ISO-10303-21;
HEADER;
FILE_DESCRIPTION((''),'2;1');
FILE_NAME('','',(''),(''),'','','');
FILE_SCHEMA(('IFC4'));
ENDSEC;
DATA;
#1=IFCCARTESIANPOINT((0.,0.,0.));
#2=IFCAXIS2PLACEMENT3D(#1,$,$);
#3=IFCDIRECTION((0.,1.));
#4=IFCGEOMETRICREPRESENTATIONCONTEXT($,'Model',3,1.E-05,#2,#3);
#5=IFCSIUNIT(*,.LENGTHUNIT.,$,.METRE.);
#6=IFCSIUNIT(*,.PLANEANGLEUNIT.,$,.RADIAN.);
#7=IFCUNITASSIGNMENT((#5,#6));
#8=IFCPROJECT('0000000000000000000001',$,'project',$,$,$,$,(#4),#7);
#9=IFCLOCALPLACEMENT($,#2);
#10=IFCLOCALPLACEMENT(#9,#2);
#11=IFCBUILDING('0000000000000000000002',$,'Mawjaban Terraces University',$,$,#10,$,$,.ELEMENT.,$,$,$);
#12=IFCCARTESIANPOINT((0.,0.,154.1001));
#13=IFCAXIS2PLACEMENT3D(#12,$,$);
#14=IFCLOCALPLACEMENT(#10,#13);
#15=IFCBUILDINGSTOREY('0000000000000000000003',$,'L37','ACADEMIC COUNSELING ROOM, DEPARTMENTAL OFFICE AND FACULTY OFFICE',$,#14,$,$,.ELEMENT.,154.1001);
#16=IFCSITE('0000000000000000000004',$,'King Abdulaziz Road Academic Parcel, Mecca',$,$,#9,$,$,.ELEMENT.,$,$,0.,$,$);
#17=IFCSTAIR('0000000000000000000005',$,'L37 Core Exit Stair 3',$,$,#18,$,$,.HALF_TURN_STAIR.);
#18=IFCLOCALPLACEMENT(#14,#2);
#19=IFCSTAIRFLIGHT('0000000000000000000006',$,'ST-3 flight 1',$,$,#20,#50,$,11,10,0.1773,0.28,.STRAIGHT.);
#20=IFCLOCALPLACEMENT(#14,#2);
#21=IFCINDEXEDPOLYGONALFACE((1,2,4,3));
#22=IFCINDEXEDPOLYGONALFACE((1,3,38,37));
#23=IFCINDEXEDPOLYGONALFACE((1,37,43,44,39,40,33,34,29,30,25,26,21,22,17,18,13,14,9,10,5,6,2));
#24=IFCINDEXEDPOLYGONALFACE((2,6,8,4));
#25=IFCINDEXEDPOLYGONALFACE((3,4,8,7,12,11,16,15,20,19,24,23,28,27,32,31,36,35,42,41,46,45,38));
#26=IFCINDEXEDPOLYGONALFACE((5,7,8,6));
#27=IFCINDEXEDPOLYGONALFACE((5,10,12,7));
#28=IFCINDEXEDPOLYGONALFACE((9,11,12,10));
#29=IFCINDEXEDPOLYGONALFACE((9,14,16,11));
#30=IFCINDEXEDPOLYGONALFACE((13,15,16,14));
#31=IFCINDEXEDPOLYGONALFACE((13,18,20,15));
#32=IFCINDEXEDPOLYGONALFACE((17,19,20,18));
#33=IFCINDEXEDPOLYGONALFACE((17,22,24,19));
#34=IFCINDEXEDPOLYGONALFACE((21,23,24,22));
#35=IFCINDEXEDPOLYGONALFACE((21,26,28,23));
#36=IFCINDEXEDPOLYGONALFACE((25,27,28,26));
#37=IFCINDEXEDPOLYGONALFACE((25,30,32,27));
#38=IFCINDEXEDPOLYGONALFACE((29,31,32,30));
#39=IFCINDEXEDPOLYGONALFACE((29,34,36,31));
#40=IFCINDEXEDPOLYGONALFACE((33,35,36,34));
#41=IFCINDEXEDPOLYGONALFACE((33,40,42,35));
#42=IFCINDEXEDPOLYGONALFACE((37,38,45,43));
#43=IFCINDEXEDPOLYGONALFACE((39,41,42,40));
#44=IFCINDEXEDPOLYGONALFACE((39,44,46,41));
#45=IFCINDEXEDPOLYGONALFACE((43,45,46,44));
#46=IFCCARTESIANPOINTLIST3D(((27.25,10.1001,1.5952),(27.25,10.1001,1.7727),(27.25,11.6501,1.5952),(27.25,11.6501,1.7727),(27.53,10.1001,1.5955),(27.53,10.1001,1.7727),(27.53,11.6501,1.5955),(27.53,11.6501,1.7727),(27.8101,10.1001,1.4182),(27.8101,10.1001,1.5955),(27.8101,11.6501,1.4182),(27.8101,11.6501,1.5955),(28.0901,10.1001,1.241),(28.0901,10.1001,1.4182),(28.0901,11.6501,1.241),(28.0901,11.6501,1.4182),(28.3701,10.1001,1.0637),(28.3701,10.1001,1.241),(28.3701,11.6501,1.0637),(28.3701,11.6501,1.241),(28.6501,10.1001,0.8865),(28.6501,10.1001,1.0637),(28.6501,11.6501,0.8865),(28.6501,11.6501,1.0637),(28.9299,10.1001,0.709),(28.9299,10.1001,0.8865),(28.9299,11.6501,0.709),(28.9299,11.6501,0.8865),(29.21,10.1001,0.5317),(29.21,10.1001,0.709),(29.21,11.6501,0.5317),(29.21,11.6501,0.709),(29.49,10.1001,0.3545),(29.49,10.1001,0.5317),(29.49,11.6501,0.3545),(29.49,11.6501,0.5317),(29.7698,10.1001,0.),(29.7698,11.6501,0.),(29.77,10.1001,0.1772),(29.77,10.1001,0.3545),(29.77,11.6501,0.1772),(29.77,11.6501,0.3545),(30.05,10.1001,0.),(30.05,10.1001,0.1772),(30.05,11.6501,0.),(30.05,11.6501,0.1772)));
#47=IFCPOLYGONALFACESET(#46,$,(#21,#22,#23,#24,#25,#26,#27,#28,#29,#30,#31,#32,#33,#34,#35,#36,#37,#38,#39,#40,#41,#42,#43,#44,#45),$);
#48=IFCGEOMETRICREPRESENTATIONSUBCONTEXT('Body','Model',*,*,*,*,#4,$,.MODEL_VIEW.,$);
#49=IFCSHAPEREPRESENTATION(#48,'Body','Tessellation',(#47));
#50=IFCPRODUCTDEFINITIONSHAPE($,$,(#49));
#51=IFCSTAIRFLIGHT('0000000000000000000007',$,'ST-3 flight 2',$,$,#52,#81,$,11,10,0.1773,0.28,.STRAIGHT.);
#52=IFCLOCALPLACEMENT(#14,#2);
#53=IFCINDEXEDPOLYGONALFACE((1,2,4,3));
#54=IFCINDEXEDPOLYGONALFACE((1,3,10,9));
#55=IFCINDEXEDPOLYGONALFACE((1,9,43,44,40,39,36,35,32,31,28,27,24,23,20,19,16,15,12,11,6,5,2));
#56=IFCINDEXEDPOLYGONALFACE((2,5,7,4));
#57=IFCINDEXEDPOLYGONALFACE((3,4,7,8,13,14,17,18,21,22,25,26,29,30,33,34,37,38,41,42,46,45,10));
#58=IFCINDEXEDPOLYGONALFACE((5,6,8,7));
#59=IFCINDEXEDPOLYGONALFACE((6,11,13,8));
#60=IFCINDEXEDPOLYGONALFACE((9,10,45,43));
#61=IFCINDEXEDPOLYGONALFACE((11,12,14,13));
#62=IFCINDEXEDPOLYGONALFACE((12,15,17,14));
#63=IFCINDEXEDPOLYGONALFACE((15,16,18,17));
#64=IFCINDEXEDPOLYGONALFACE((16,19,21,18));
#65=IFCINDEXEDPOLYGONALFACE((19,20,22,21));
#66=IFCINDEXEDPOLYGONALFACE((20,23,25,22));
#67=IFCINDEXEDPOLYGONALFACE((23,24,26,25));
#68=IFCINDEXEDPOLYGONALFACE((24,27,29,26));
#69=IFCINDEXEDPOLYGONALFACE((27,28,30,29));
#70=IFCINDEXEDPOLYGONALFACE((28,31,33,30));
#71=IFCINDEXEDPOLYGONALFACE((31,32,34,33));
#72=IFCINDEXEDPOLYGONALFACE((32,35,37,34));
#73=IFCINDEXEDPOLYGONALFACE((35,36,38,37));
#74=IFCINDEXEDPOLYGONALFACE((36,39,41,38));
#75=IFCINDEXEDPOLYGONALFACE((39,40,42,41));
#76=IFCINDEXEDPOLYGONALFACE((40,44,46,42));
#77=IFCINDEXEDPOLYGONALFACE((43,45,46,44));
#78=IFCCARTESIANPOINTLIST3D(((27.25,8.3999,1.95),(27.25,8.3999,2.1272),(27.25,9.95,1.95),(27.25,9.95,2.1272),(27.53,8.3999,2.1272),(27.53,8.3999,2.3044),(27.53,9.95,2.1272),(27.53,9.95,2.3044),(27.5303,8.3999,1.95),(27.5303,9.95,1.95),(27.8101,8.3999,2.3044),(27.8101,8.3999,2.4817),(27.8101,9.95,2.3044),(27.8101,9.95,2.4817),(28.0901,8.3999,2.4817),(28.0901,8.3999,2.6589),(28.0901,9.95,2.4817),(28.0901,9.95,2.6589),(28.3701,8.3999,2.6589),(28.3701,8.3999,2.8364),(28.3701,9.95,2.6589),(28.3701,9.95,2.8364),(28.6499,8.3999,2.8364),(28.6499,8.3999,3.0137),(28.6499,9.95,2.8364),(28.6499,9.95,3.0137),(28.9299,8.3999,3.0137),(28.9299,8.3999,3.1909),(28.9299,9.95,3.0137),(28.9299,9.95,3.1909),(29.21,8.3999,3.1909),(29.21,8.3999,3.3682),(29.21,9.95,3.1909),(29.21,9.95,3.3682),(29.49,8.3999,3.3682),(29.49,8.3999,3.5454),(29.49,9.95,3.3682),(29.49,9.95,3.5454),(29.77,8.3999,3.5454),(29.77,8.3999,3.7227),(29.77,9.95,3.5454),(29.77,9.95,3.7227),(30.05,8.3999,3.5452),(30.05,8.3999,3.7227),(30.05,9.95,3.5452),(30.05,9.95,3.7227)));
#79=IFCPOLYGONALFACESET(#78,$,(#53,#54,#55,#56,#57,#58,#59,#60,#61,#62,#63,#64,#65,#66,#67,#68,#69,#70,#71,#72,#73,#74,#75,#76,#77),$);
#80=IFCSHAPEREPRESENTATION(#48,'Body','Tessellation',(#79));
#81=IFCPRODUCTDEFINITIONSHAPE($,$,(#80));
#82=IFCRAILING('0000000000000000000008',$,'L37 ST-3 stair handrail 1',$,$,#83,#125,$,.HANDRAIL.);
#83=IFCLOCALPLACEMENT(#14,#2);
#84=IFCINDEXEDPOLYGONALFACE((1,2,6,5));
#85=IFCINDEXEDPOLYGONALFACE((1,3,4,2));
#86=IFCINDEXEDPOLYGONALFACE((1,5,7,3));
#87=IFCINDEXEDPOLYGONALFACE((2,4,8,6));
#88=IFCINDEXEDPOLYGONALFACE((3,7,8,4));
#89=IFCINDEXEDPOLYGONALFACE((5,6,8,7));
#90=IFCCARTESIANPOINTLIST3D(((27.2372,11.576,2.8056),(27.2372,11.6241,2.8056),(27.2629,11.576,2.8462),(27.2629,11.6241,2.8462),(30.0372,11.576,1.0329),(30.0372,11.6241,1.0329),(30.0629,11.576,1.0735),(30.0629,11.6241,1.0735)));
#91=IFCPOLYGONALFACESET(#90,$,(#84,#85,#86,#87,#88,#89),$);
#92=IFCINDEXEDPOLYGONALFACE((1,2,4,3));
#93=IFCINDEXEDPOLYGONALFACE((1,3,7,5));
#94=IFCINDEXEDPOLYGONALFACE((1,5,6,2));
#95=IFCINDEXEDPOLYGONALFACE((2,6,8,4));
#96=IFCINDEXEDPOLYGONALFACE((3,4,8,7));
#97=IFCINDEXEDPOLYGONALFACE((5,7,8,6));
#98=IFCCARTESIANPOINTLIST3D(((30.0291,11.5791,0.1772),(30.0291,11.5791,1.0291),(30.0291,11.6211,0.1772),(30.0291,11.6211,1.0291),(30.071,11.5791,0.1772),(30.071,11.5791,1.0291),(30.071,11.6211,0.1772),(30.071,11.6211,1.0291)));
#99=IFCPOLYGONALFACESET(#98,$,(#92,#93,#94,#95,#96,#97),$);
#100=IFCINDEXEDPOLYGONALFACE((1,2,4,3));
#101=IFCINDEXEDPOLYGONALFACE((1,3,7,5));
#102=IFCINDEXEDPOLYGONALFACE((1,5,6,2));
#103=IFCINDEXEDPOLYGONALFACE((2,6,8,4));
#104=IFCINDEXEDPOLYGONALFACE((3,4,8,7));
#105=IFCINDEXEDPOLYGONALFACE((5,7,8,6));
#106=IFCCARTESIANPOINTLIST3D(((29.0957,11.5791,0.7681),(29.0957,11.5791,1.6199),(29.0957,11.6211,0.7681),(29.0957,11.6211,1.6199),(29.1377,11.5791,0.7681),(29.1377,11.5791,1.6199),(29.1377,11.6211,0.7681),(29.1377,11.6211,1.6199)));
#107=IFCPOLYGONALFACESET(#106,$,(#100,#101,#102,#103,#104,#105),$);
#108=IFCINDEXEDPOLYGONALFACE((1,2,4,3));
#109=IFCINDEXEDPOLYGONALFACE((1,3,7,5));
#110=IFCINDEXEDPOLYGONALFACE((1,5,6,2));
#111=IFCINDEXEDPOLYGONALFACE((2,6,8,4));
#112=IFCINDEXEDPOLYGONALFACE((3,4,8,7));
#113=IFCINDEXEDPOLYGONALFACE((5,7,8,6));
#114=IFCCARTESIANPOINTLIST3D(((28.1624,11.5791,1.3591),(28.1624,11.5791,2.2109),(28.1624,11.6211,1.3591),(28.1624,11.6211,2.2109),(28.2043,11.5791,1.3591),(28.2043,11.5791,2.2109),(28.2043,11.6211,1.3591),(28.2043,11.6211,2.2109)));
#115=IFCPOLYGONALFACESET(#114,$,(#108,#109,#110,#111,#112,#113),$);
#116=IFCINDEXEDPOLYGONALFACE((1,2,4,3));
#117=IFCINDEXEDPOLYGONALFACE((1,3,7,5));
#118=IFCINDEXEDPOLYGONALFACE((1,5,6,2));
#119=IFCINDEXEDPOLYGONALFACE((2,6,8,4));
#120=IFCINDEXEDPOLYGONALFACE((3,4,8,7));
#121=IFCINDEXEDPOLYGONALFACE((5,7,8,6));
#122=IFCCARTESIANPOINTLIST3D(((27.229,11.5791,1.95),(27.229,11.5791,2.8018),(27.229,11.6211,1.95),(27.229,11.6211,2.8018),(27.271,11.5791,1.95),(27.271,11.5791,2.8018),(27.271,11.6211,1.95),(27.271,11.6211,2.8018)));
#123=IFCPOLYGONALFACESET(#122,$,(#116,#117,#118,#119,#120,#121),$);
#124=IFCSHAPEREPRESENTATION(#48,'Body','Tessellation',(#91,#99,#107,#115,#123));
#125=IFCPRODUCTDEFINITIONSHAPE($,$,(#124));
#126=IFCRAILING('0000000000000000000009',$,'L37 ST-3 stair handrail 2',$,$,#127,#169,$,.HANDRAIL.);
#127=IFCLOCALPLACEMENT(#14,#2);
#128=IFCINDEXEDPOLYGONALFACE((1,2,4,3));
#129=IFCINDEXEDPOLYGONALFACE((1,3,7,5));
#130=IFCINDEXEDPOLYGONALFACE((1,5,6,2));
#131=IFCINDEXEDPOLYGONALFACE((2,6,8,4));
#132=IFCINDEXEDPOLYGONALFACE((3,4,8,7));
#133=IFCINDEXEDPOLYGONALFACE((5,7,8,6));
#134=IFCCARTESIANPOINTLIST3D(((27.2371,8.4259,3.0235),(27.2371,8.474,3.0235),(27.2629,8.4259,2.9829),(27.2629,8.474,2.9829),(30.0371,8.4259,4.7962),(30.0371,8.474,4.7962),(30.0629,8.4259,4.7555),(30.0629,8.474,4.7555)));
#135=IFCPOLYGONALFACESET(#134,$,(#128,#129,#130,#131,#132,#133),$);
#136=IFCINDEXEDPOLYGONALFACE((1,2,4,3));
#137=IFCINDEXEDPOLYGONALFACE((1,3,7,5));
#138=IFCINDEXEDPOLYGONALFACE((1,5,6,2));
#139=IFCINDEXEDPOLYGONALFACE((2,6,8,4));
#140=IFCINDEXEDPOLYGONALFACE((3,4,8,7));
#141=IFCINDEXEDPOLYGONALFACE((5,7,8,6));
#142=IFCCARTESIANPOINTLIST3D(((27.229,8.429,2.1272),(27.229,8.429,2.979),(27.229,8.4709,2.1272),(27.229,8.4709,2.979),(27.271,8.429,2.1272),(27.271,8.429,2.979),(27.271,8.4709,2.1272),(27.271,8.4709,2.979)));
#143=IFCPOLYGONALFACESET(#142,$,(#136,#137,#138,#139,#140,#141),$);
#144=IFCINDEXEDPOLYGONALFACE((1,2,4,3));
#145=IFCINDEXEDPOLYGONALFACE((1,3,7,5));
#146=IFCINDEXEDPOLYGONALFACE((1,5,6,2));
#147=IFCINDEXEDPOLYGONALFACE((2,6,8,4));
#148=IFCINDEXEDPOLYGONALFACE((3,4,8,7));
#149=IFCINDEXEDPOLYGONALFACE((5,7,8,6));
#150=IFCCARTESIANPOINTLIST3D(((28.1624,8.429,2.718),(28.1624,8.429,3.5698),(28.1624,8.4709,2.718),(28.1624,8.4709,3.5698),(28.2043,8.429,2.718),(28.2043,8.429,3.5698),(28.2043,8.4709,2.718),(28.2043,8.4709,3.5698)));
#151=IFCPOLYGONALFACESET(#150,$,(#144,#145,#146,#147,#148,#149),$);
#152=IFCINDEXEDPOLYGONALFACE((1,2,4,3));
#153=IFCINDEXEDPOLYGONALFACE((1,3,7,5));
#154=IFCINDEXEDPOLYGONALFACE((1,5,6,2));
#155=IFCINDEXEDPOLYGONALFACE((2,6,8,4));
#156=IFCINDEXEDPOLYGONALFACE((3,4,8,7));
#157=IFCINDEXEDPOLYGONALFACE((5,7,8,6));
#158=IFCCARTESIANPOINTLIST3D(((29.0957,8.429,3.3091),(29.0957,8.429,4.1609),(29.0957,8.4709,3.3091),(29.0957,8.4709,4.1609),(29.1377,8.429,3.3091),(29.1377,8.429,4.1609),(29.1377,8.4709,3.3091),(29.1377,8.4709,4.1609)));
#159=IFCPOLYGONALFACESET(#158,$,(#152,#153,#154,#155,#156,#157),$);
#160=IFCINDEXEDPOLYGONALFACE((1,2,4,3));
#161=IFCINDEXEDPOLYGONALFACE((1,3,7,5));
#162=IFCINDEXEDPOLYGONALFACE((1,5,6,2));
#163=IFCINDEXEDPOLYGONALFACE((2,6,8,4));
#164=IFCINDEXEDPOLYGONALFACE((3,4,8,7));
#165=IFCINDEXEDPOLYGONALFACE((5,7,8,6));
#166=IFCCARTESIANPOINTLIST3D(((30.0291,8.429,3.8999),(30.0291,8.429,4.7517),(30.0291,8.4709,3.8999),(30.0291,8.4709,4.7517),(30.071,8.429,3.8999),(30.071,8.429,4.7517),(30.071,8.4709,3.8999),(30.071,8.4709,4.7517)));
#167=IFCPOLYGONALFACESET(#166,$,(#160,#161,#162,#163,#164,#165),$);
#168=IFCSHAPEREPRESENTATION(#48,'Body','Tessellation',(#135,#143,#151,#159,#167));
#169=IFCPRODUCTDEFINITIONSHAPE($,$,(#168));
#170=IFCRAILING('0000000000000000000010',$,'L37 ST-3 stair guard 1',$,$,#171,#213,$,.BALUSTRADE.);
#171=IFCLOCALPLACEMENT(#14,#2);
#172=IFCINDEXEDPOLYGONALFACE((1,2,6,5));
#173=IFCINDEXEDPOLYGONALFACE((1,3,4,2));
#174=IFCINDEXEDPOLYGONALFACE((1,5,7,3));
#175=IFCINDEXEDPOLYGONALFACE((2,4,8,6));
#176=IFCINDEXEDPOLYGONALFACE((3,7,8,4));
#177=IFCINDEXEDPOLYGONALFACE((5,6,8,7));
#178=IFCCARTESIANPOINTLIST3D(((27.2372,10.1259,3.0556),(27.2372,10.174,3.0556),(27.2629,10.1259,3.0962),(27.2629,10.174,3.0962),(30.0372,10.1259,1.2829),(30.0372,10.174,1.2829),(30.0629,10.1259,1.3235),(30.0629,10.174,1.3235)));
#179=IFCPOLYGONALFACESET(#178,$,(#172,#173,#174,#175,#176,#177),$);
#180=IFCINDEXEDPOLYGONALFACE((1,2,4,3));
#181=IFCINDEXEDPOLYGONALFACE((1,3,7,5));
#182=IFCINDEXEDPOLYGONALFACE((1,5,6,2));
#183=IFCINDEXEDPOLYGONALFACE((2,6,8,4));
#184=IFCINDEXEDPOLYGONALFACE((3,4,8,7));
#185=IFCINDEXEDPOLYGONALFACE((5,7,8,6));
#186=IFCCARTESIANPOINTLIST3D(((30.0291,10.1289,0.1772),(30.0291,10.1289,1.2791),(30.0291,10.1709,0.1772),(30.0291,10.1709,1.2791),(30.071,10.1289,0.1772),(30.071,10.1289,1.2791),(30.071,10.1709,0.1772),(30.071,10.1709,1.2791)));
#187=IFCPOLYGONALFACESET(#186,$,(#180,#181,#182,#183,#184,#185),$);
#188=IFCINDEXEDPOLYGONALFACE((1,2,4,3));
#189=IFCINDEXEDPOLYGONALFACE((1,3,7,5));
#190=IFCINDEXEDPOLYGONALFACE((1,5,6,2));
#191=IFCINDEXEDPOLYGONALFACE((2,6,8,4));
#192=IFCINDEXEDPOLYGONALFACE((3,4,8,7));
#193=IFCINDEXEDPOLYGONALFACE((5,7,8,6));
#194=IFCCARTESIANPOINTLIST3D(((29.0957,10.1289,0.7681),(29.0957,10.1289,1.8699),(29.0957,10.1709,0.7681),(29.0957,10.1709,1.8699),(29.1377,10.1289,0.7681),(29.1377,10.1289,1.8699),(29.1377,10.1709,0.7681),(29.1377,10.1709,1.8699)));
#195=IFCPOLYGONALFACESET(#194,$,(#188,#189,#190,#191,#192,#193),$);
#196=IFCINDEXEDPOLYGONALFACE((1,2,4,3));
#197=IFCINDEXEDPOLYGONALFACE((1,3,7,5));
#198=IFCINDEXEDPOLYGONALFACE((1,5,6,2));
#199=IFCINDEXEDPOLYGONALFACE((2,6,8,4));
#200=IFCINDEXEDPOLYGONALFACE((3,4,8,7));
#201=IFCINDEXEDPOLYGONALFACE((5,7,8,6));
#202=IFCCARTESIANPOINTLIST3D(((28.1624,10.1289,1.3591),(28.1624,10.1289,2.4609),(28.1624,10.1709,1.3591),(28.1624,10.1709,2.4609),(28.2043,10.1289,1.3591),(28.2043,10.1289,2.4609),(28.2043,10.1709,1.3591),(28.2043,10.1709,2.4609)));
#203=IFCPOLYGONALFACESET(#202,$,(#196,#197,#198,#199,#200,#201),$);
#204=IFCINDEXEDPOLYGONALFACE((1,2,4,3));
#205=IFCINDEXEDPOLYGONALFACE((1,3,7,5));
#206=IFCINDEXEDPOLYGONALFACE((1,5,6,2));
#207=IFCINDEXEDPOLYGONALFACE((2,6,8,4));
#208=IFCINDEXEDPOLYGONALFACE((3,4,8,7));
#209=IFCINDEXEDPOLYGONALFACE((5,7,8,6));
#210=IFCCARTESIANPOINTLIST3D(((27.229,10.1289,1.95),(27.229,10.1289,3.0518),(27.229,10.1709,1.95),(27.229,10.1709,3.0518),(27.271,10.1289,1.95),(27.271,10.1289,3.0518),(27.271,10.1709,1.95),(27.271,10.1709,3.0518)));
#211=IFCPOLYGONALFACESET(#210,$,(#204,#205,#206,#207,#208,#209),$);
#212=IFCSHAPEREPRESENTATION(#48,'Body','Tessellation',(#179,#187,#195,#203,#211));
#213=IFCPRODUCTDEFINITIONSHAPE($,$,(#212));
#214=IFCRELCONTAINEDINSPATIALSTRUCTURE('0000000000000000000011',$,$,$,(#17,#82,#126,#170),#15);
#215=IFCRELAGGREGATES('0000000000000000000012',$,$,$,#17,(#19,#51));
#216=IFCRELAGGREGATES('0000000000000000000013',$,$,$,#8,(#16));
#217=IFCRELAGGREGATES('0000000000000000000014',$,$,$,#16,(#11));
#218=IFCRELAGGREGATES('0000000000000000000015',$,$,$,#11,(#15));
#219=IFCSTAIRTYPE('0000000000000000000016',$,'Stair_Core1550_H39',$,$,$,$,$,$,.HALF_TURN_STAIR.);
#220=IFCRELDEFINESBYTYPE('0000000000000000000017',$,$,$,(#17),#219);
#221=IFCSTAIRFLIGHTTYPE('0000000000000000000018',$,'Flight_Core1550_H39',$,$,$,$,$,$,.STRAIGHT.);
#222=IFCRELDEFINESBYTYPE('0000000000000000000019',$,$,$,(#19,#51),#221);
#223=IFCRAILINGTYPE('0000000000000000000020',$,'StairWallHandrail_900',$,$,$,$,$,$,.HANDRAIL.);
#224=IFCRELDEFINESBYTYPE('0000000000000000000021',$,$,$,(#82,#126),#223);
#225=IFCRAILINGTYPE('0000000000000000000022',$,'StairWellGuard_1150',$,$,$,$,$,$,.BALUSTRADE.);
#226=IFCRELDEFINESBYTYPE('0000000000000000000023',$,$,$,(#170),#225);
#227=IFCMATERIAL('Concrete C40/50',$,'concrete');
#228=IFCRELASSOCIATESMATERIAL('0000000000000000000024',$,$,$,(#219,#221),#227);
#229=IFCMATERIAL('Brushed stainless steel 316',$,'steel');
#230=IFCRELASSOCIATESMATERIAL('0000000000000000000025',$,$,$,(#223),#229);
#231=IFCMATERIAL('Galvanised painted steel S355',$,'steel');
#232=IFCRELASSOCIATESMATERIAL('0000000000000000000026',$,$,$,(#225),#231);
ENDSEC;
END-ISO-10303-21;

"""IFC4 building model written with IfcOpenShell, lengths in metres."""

from ifc_helpers import new_model, si_unit, direction, frame, origin, origin_2d, place, context, subcontext, project, spatial, polyline, rectangle, outline, extrude, material, type_object, element, aggregate, save


model = new_model("IFC4")

# Units and contexts
model_context = context("Model", 3, precision=1e-05, world=origin(), true_north=direction((0.0, 1.0)))
body_context = subcontext(model_context, "Body", "Model", "MODEL_VIEW")
ifc_project = project(units=[si_unit("LENGTHUNIT", "METRE"), si_unit("PLANEANGLEUNIT", "RADIAN")], contexts=[model_context])

# Site, building, storey
site_placement = place(None, origin())
site = spatial("IfcSite", under=ifc_project, at=site_placement, Name="King Abdulaziz Road Academic Parcel, Mecca", CompositionType="ELEMENT", RefElevation=0.0)
building_placement = place(site_placement, origin())
building = spatial("IfcBuilding", under=site, at=building_placement, Name="Mawjaban Terraces University", CompositionType="ELEMENT")
storey_placement = place(building_placement, frame((0.0, 0.0, 154.1001)))
storey = spatial("IfcBuildingStorey", under=building, at=storey_placement, Name="L37", Description="ACADEMIC COUNSELING ROOM, DEPARTMENTAL OFFICE AND FACULTY OFFICE", CompositionType="ELEMENT", Elevation=154.1001)

# Shared definitions
ifc_material_1 = material(Name="Concrete C40/50", Category="concrete")

# Stair, stair flights
stair_type = type_object("IfcStairType", Name="Stair_Core1550_H39", PredefinedType="HALF_TURN_STAIR", material=ifc_material_1)
stair_placement = place(storey_placement, origin())
stair = element("IfcStair", 1, at=stair_placement, inside=storey, type_object=stair_type, Name="L37 Core Exit Stair 3", PredefinedType="HALF_TURN_STAIR")
stair_flight_type = type_object("IfcStairFlightType", Name="Flight_Core1550_H39", PredefinedType="STRAIGHT", material=ifc_material_1)
stair_flight_1_placement = place(storey_placement, frame((30.05, 10.875, 0.0), z_axis=(0.0, 0.0, 1.0), x_axis=(-1.0, 0.0, 0.0)))
stair_flight_1 = element("IfcStairFlight", 2, at=stair_flight_1_placement, type_object=stair_flight_type, Name="ST-3 flight 1", NumberOfRisers=11, NumberOfTreads=10, PredefinedType="STRAIGHT", RiserHeight=0.1773, TreadLength=0.28, context=body_context, shape_type="SweptSolid", body=[
    extrude(outline(polyline([(0.0, 0.0), (0.0, 0.1772), (0.28, 0.1772), (0.28, 0.3545), (0.5601, 0.3545), (0.5601, 0.5317), (0.8401, 0.5317), (0.8401, 0.709), (1.1201, 0.709), (1.1201, 0.8865), (1.3999, 0.8865), (1.3999, 1.0637), (1.6799, 1.0637), (1.6799, 1.241), (1.96, 1.241), (1.96, 1.4182), (2.24, 1.4182), (2.24, 1.5955), (2.52, 1.5955), (2.52, 1.7727), (2.8, 1.7727), (2.8, 1.95), (2.8, 1.5952), (0.2803, 0.0), (0.0, 0.0)])), frame((0.0, 0.7749, 0.0), z_axis=(0.0, -1.0, 0.0), x_axis=(1.0, 0.0, 0.0)), (0.0, 0.0, 1.0), 1.55),
])
stair_flight_2_placement = place(storey_placement, frame((27.25, 9.175, 1.95), z_axis=(0.0, 0.0, 1.0), x_axis=(1.0, 0.0, 0.0)))
stair_flight_2 = element("IfcStairFlight", 3, at=stair_flight_2_placement, type_object=stair_flight_type, Name="ST-3 flight 2", NumberOfRisers=11, NumberOfTreads=10, PredefinedType="STRAIGHT", RiserHeight=0.1773, TreadLength=0.28, context=body_context, shape_type="SweptSolid", body=[
    extrude(outline(polyline([(0.0, 0.0), (0.0, 0.1772), (0.28, 0.1772), (0.28, 0.3545), (0.5601, 0.3545), (0.5601, 0.5317), (0.8401, 0.5317), (0.8401, 0.709), (1.1201, 0.709), (1.1201, 0.8865), (1.3999, 0.8865), (1.3999, 1.0637), (1.6799, 1.0637), (1.6799, 1.241), (1.96, 1.241), (1.96, 1.4182), (2.24, 1.4182), (2.24, 1.5955), (2.52, 1.5955), (2.52, 1.7727), (2.8, 1.7727), (2.8, 1.95), (2.8, 1.5952), (0.2803, 0.0), (0.0, 0.0)])), frame((0.0, 0.7749, 0.0), z_axis=(0.0, -1.0, 0.0), x_axis=(1.0, 0.0, 0.0)), (0.0, 0.0, 1.0), 1.55),
])
aggregate(stair, [stair_flight_1, stair_flight_2])

# Railings
ifc_material_2 = material(Name="Brushed stainless steel 316", Category="steel")
railing_type_1 = type_object("IfcRailingType", Name="StairWallHandrail_900", PredefinedType="HANDRAIL", material=ifc_material_2)
railing_1_placement = place(storey_placement, frame((30.05, 11.6001, 0.1772)))
element("IfcRailing", 4, at=railing_1_placement, inside=storey, type_object=railing_type_1, Name="L37 ST-3 stair handrail 1", PredefinedType="HANDRAIL", context=body_context, shape_type="SweptSolid", body=[
    extrude(rectangle(XDim=0.0481, YDim=0.0481, at=origin_2d()), frame((0.0, 0.0, 0.876), z_axis=(-0.844909, 0.0, 0.53491), x_axis=(0.0, -1.0, 0.0)), (0.0, 0.0, 1.0), 3.314),
    extrude(rectangle(XDim=0.042, YDim=0.042, at=origin_2d()), origin(), (0.0, 0.0, 1.0), 0.8518),
    extrude(rectangle(XDim=0.042, YDim=0.042, at=origin_2d()), frame((-0.9333, 0.0, 0.5908)), (0.0, 0.0, 1.0), 0.8518),
    extrude(rectangle(XDim=0.042, YDim=0.042, at=origin_2d()), frame((-1.8667, 0.0, 1.1819)), (0.0, 0.0, 1.0), 0.8518),
    extrude(rectangle(XDim=0.042, YDim=0.042, at=origin_2d()), frame((-2.8, 0.0, 1.7727)), (0.0, 0.0, 1.0), 0.8518),
])
railing_2_placement = place(storey_placement, frame((27.25, 8.45, 2.1272)))
element("IfcRailing", 5, at=railing_2_placement, inside=storey, type_object=railing_type_1, Name="L37 ST-3 stair handrail 2", PredefinedType="HANDRAIL", context=body_context, shape_type="SweptSolid", body=[
    extrude(rectangle(XDim=0.0481, YDim=0.0481, at=origin_2d()), frame((0.0, 0.0, 0.876), z_axis=(0.844909, 0.0, 0.53491), x_axis=(0.0, 1.0, 0.0)), (0.0, 0.0, 1.0), 3.314),
    extrude(rectangle(XDim=0.042, YDim=0.042, at=origin_2d()), origin(), (0.0, 0.0, 1.0), 0.8518),
    extrude(rectangle(XDim=0.042, YDim=0.042, at=origin_2d()), frame((0.9333, 0.0, 0.5908)), (0.0, 0.0, 1.0), 0.8518),
    extrude(rectangle(XDim=0.042, YDim=0.042, at=origin_2d()), frame((1.8667, 0.0, 1.1819)), (0.0, 0.0, 1.0), 0.8518),
    extrude(rectangle(XDim=0.042, YDim=0.042, at=origin_2d()), frame((2.8, 0.0, 1.7727)), (0.0, 0.0, 1.0), 0.8518),
])
ifc_material_3 = material(Name="Galvanised painted steel S355", Category="steel")
railing_type_2 = type_object("IfcRailingType", Name="StairWellGuard_1150", PredefinedType="BALUSTRADE", material=ifc_material_3)
railing_3_placement = place(storey_placement, frame((30.05, 10.1499, 0.1772)))
element("IfcRailing", 6, at=railing_3_placement, inside=storey, type_object=railing_type_2, Name="L37 ST-3 stair guard 1", PredefinedType="BALUSTRADE", context=body_context, shape_type="SweptSolid", body=[
    extrude(rectangle(XDim=0.0481, YDim=0.0481, at=origin_2d()), frame((0.0, 0.0, 1.126), z_axis=(-0.844909, 0.0, 0.53491), x_axis=(0.0, -1.0, 0.0)), (0.0, 0.0, 1.0), 3.314),
    extrude(rectangle(XDim=0.042, YDim=0.042, at=origin_2d()), origin(), (0.0, 0.0, 1.0), 1.1018),
    extrude(rectangle(XDim=0.042, YDim=0.042, at=origin_2d()), frame((-0.9333, 0.0, 0.5908)), (0.0, 0.0, 1.0), 1.1018),
    extrude(rectangle(XDim=0.042, YDim=0.042, at=origin_2d()), frame((-1.8667, 0.0, 1.1819)), (0.0, 0.0, 1.0), 1.1018),
    extrude(rectangle(XDim=0.042, YDim=0.042, at=origin_2d()), frame((-2.8, 0.0, 1.7727)), (0.0, 0.0, 1.0), 1.1018),
])

save(model, "model.ifc")
